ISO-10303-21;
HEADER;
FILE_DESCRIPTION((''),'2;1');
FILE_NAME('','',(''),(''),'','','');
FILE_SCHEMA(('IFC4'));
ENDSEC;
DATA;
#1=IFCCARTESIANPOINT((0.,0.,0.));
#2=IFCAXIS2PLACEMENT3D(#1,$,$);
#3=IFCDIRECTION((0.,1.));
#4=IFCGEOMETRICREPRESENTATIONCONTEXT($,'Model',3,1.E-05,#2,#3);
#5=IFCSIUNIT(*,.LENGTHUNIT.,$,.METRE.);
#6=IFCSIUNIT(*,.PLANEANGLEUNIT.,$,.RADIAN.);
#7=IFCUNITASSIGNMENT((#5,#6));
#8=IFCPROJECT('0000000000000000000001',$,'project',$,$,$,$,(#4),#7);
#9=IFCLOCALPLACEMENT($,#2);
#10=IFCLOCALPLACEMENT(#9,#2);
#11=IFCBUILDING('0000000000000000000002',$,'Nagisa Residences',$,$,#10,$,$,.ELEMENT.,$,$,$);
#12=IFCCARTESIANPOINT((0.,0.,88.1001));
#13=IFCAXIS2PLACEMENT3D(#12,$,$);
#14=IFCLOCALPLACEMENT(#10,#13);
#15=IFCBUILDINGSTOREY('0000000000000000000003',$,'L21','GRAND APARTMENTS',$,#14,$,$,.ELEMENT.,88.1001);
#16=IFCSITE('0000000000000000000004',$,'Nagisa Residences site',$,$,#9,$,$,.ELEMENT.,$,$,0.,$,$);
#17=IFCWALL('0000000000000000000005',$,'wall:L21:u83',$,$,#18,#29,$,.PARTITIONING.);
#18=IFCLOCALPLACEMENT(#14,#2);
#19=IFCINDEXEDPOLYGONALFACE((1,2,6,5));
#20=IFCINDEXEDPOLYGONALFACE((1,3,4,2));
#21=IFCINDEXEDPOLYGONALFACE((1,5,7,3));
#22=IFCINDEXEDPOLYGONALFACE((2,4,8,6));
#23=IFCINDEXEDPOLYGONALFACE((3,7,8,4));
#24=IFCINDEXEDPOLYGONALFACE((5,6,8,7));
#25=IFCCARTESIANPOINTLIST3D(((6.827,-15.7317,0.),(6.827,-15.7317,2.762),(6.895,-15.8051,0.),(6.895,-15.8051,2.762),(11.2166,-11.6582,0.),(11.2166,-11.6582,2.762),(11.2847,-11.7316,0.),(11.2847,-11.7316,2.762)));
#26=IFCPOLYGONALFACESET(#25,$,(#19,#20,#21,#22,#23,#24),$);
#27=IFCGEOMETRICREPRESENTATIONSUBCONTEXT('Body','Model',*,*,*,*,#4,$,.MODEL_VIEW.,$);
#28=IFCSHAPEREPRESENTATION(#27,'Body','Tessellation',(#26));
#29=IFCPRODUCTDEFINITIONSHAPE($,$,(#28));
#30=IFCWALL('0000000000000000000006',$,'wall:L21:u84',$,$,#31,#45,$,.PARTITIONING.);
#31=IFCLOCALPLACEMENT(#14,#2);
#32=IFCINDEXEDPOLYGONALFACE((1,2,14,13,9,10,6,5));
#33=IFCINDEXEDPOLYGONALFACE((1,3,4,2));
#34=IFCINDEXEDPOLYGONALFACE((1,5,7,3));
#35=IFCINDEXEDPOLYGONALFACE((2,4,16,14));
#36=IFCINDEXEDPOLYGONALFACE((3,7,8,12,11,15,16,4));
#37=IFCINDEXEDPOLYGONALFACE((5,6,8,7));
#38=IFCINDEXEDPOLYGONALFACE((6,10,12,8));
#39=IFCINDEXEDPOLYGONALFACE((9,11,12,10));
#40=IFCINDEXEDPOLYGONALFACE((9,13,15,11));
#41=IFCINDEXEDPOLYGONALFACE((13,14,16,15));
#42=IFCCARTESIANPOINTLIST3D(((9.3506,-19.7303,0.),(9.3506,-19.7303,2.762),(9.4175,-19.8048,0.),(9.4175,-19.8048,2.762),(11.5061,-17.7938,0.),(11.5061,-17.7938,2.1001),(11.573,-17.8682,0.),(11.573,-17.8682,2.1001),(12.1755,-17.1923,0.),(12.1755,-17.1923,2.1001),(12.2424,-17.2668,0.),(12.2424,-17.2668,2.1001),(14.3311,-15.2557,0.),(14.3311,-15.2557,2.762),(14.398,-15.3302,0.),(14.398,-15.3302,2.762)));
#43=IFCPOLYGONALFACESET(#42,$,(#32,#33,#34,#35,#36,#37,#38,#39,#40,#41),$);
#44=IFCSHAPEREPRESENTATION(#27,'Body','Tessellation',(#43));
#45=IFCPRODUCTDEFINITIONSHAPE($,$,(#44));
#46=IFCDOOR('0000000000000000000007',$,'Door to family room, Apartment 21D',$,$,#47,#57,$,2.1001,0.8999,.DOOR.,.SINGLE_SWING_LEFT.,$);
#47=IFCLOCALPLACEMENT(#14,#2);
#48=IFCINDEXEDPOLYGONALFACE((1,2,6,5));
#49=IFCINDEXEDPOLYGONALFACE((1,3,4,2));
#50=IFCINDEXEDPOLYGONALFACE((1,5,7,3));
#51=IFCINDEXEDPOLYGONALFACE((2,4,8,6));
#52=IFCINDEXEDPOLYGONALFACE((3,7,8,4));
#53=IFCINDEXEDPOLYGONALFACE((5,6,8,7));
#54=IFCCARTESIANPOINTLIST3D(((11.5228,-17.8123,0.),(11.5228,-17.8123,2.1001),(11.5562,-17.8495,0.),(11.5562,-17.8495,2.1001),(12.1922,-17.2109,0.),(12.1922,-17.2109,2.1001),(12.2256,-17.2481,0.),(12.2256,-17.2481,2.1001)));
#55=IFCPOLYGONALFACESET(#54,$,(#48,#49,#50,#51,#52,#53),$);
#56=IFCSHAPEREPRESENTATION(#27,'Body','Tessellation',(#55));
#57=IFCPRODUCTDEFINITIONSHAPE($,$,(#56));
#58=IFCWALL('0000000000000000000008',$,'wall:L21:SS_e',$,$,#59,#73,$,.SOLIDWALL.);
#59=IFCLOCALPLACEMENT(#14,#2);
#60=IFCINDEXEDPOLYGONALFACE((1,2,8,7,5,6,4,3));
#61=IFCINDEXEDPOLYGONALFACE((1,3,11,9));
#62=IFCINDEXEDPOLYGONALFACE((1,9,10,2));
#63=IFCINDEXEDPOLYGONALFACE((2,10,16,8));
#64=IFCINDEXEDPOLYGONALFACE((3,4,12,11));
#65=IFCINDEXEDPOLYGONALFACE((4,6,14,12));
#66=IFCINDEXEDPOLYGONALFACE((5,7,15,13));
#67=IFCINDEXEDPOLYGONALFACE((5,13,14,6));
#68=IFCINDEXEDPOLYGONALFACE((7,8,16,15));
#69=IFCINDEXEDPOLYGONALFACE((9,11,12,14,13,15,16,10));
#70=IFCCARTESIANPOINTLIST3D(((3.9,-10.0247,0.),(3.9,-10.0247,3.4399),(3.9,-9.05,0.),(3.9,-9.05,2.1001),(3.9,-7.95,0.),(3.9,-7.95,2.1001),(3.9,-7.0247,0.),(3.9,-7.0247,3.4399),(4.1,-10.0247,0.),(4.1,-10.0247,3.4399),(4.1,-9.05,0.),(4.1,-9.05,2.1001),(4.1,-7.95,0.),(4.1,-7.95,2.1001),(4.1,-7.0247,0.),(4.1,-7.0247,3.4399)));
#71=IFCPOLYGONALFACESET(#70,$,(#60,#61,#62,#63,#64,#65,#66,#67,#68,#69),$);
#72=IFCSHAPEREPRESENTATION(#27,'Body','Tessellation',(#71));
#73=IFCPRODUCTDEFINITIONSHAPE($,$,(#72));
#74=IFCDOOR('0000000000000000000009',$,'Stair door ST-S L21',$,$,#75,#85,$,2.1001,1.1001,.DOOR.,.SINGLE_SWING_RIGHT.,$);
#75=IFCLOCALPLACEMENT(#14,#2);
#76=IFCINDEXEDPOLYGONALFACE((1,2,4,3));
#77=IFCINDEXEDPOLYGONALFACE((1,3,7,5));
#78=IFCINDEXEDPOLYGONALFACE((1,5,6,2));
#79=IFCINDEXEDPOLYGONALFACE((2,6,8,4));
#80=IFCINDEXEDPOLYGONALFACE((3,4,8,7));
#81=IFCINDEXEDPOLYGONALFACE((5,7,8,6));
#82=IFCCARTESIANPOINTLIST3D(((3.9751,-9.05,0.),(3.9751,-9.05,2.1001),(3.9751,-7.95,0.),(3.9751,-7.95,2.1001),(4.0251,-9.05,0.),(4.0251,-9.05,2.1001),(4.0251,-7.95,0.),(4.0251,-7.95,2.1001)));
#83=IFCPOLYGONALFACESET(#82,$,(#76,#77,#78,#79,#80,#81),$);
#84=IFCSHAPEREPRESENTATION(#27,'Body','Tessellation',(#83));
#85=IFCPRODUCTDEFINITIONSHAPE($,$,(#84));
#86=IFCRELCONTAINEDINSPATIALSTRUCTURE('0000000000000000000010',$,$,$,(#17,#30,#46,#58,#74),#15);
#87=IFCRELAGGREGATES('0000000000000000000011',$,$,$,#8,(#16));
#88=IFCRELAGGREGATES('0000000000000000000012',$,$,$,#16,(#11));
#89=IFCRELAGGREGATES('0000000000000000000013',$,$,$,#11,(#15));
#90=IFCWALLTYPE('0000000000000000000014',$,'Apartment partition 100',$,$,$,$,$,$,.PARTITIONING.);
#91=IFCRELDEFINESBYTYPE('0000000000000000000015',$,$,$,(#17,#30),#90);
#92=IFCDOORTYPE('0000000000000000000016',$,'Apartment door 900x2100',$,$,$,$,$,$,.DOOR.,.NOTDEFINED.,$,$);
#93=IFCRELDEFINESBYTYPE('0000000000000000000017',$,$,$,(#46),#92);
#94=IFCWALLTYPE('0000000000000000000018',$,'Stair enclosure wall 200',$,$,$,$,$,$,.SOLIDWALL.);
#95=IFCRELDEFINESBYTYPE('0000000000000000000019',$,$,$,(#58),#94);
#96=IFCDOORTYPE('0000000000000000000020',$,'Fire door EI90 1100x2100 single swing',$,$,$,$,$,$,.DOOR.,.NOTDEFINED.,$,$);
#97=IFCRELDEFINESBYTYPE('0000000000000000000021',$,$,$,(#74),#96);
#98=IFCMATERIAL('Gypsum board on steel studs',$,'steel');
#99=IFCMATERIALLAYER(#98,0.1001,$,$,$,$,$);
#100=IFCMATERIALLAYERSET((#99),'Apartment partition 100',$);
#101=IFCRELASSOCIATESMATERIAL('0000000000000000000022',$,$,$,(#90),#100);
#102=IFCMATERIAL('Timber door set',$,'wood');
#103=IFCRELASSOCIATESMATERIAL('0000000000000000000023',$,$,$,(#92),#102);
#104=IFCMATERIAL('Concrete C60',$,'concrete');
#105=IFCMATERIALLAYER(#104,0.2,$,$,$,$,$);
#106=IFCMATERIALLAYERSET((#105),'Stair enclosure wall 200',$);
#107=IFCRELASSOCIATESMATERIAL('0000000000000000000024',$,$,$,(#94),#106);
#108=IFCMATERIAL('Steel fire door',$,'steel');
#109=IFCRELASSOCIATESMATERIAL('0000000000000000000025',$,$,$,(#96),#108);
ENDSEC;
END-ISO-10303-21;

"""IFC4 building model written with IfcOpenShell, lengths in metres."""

from ifc_helpers import new_model, si_unit, direction, frame, frame_2d, origin, place, context, subcontext, project, spatial, rectangle, extrude, material, layer, layer_set, type_object, element, fill, save


model = new_model("IFC4")

# Units and contexts
model_context = context("Model", 3, precision=1e-05, world=origin(), true_north=direction((0.0, 1.0)))
body_context = subcontext(model_context, "Body", "Model", "MODEL_VIEW")
ifc_project = project(units=[si_unit("LENGTHUNIT", "METRE"), si_unit("PLANEANGLEUNIT", "RADIAN")], contexts=[model_context])

# Site, building, storey
site_placement = place(None, origin())
site = spatial("IfcSite", under=ifc_project, at=site_placement, Name="Nagisa Residences site", CompositionType="ELEMENT", RefElevation=0.0)
building_placement = place(site_placement, origin())
building = spatial("IfcBuilding", under=site, at=building_placement, Name="Nagisa Residences", CompositionType="ELEMENT")
storey_placement = place(building_placement, frame((0.0, 0.0, 88.1001)))
storey = spatial("IfcBuildingStorey", under=building, at=storey_placement, Name="L21", Description="GRAND APARTMENTS", CompositionType="ELEMENT", Elevation=88.1001)

# Shared definitions
ifc_material_1 = material(Name="Gypsum board on steel studs", Category="steel")
ifc_layer_1 = layer(ifc_material_1, 0.1001)
ifc_layer_set_1 = layer_set([ifc_layer_1], Name="Apartment partition 100")
wall_type_1 = type_object("IfcWallType", Name="Apartment partition 100", PredefinedType="PARTITIONING", material=ifc_layer_set_1)
ifc_material_2 = material(Name="Timber door set", Category="wood")
door_type_1 = type_object("IfcDoorType", Name="Apartment door 900x2100", OperationType="NOTDEFINED", PredefinedType="DOOR", material=ifc_material_2)

# Wall
wall_1_placement = place(storey_placement, frame((6.8611, -15.7683, 0.0), z_axis=(0.0, 0.0, 1.0), x_axis=(0.733011, 0.680217, 0.0)))
element("IfcWall", 1, at=wall_1_placement, inside=storey, type_object=wall_type_1, Name="wall:L21:u83", PredefinedType="PARTITIONING", context=body_context, shape_type="SweptSolid", body=[
    extrude(rectangle(XDim=5.9885, YDim=0.1001, at=frame_2d((2.9941, 0.0))), origin(), (0.0, 0.0, 1.0), 2.762),
])

# Walls, openings, doors
wall_2_placement = place(storey_placement, frame((9.384, -19.7676, 0.0), z_axis=(0.0, 0.0, 1.0), x_axis=(0.743874, 0.66832, 0.0)))
wall_2 = element("IfcWall", 2, at=wall_2_placement, inside=storey, type_object=wall_type_1, Name="wall:L21:u84", PredefinedType="PARTITIONING", context=body_context, shape_type="SweptSolid", body=[
    extrude(rectangle(XDim=6.6953, YDim=0.1001, at=frame_2d((3.3477, 0.0))), origin(), (0.0, 0.0, 1.0), 2.762),
])
opening_1_placement = place(wall_2_placement, frame((2.8977, 0.0, 0.0)))
opening_1 = element("IfcOpeningElement", 3, at=opening_1_placement, cuts=wall_2, PredefinedType="OPENING", context=body_context, shape_type="SweptSolid", body=[
    extrude(rectangle(XDim=0.8999, YDim=2.1001, at=frame_2d((0.45, 1.05))), frame((0.0, 0.0601, 0.0), z_axis=(0.0, -1.0, 0.0), x_axis=(1.0, 0.0, 0.0)), (0.0, 0.0, 1.0), 0.1201),
])
door_1_placement = place(opening_1_placement, frame((0.8999, 0.0, 0.0), x_axis=(-1.0, 0.0, 0.0)))
door_1 = element("IfcDoor", 4, at=door_1_placement, inside=storey, type_object=door_type_1, Name="Door to family room, Apartment 21D", OperationType="SINGLE_SWING_LEFT", OverallHeight=2.1001, OverallWidth=0.8999, PredefinedType="DOOR", context=body_context, shape_type="SweptSolid", body=[
    extrude(rectangle(XDim=0.8999, YDim=2.1001, at=frame_2d((0.45, 1.05))), frame((0.0, 0.0249, 0.0), z_axis=(0.0, -1.0, 0.0), x_axis=(1.0, 0.0, 0.0)), (0.0, 0.0, 1.0), 0.05),
])
fill(opening_1, door_1)
ifc_material_3 = material(Name="Concrete C60", Category="concrete")
ifc_layer_2 = layer(ifc_material_3, 0.2)
ifc_layer_set_2 = layer_set([ifc_layer_2], Name="Stair enclosure wall 200")
wall_type_2 = type_object("IfcWallType", Name="Stair enclosure wall 200", PredefinedType="SOLIDWALL", material=ifc_layer_set_2)
wall_3_placement = place(storey_placement, frame((4.0, -10.0247, 0.0), z_axis=(0.0, 0.0, 1.0), x_axis=(0.0, 1.0, 0.0)))
wall_3 = element("IfcWall", 5, at=wall_3_placement, inside=storey, type_object=wall_type_2, Name="wall:L21:SS_e", PredefinedType="SOLIDWALL", context=body_context, shape_type="SweptSolid", body=[
    extrude(rectangle(XDim=3.0, YDim=0.2, at=frame_2d((1.5, 0.0))), origin(), (0.0, 0.0, 1.0), 3.4399),
])
opening_2_placement = place(wall_3_placement, frame((0.9746, 0.0, 0.0)))
opening_2 = element("IfcOpeningElement", 6, at=opening_2_placement, cuts=wall_3, PredefinedType="OPENING", context=body_context, shape_type="SweptSolid", body=[
    extrude(rectangle(XDim=1.1001, YDim=2.1001, at=frame_2d((0.55, 1.05))), frame((0.0, 0.1099, 0.0), z_axis=(0.0, -1.0, 0.0), x_axis=(1.0, 0.0, 0.0)), (0.0, 0.0, 1.0), 0.22),
])
ifc_material_4 = material(Name="Steel fire door", Category="steel")
door_type_2 = type_object("IfcDoorType", Name="Fire door EI90 1100x2100 single swing", OperationType="NOTDEFINED", PredefinedType="DOOR", material=ifc_material_4)
door_2_placement = place(opening_2_placement, origin())
door_2 = element("IfcDoor", 7, at=door_2_placement, inside=storey, type_object=door_type_2, Name="Stair door ST-S L21", OperationType="SINGLE_SWING_RIGHT", OverallHeight=2.1001, OverallWidth=1.1001, PredefinedType="DOOR", context=body_context, shape_type="SweptSolid", body=[
    extrude(rectangle(XDim=1.1001, YDim=2.1001, at=frame_2d((0.55, 1.05))), frame((0.0, 0.0249, 0.0), z_axis=(0.0, -1.0, 0.0), x_axis=(1.0, 0.0, 0.0)), (0.0, 0.0, 1.0), 0.05),
])
fill(opening_2, door_2)

save(model, "model.ifc")
